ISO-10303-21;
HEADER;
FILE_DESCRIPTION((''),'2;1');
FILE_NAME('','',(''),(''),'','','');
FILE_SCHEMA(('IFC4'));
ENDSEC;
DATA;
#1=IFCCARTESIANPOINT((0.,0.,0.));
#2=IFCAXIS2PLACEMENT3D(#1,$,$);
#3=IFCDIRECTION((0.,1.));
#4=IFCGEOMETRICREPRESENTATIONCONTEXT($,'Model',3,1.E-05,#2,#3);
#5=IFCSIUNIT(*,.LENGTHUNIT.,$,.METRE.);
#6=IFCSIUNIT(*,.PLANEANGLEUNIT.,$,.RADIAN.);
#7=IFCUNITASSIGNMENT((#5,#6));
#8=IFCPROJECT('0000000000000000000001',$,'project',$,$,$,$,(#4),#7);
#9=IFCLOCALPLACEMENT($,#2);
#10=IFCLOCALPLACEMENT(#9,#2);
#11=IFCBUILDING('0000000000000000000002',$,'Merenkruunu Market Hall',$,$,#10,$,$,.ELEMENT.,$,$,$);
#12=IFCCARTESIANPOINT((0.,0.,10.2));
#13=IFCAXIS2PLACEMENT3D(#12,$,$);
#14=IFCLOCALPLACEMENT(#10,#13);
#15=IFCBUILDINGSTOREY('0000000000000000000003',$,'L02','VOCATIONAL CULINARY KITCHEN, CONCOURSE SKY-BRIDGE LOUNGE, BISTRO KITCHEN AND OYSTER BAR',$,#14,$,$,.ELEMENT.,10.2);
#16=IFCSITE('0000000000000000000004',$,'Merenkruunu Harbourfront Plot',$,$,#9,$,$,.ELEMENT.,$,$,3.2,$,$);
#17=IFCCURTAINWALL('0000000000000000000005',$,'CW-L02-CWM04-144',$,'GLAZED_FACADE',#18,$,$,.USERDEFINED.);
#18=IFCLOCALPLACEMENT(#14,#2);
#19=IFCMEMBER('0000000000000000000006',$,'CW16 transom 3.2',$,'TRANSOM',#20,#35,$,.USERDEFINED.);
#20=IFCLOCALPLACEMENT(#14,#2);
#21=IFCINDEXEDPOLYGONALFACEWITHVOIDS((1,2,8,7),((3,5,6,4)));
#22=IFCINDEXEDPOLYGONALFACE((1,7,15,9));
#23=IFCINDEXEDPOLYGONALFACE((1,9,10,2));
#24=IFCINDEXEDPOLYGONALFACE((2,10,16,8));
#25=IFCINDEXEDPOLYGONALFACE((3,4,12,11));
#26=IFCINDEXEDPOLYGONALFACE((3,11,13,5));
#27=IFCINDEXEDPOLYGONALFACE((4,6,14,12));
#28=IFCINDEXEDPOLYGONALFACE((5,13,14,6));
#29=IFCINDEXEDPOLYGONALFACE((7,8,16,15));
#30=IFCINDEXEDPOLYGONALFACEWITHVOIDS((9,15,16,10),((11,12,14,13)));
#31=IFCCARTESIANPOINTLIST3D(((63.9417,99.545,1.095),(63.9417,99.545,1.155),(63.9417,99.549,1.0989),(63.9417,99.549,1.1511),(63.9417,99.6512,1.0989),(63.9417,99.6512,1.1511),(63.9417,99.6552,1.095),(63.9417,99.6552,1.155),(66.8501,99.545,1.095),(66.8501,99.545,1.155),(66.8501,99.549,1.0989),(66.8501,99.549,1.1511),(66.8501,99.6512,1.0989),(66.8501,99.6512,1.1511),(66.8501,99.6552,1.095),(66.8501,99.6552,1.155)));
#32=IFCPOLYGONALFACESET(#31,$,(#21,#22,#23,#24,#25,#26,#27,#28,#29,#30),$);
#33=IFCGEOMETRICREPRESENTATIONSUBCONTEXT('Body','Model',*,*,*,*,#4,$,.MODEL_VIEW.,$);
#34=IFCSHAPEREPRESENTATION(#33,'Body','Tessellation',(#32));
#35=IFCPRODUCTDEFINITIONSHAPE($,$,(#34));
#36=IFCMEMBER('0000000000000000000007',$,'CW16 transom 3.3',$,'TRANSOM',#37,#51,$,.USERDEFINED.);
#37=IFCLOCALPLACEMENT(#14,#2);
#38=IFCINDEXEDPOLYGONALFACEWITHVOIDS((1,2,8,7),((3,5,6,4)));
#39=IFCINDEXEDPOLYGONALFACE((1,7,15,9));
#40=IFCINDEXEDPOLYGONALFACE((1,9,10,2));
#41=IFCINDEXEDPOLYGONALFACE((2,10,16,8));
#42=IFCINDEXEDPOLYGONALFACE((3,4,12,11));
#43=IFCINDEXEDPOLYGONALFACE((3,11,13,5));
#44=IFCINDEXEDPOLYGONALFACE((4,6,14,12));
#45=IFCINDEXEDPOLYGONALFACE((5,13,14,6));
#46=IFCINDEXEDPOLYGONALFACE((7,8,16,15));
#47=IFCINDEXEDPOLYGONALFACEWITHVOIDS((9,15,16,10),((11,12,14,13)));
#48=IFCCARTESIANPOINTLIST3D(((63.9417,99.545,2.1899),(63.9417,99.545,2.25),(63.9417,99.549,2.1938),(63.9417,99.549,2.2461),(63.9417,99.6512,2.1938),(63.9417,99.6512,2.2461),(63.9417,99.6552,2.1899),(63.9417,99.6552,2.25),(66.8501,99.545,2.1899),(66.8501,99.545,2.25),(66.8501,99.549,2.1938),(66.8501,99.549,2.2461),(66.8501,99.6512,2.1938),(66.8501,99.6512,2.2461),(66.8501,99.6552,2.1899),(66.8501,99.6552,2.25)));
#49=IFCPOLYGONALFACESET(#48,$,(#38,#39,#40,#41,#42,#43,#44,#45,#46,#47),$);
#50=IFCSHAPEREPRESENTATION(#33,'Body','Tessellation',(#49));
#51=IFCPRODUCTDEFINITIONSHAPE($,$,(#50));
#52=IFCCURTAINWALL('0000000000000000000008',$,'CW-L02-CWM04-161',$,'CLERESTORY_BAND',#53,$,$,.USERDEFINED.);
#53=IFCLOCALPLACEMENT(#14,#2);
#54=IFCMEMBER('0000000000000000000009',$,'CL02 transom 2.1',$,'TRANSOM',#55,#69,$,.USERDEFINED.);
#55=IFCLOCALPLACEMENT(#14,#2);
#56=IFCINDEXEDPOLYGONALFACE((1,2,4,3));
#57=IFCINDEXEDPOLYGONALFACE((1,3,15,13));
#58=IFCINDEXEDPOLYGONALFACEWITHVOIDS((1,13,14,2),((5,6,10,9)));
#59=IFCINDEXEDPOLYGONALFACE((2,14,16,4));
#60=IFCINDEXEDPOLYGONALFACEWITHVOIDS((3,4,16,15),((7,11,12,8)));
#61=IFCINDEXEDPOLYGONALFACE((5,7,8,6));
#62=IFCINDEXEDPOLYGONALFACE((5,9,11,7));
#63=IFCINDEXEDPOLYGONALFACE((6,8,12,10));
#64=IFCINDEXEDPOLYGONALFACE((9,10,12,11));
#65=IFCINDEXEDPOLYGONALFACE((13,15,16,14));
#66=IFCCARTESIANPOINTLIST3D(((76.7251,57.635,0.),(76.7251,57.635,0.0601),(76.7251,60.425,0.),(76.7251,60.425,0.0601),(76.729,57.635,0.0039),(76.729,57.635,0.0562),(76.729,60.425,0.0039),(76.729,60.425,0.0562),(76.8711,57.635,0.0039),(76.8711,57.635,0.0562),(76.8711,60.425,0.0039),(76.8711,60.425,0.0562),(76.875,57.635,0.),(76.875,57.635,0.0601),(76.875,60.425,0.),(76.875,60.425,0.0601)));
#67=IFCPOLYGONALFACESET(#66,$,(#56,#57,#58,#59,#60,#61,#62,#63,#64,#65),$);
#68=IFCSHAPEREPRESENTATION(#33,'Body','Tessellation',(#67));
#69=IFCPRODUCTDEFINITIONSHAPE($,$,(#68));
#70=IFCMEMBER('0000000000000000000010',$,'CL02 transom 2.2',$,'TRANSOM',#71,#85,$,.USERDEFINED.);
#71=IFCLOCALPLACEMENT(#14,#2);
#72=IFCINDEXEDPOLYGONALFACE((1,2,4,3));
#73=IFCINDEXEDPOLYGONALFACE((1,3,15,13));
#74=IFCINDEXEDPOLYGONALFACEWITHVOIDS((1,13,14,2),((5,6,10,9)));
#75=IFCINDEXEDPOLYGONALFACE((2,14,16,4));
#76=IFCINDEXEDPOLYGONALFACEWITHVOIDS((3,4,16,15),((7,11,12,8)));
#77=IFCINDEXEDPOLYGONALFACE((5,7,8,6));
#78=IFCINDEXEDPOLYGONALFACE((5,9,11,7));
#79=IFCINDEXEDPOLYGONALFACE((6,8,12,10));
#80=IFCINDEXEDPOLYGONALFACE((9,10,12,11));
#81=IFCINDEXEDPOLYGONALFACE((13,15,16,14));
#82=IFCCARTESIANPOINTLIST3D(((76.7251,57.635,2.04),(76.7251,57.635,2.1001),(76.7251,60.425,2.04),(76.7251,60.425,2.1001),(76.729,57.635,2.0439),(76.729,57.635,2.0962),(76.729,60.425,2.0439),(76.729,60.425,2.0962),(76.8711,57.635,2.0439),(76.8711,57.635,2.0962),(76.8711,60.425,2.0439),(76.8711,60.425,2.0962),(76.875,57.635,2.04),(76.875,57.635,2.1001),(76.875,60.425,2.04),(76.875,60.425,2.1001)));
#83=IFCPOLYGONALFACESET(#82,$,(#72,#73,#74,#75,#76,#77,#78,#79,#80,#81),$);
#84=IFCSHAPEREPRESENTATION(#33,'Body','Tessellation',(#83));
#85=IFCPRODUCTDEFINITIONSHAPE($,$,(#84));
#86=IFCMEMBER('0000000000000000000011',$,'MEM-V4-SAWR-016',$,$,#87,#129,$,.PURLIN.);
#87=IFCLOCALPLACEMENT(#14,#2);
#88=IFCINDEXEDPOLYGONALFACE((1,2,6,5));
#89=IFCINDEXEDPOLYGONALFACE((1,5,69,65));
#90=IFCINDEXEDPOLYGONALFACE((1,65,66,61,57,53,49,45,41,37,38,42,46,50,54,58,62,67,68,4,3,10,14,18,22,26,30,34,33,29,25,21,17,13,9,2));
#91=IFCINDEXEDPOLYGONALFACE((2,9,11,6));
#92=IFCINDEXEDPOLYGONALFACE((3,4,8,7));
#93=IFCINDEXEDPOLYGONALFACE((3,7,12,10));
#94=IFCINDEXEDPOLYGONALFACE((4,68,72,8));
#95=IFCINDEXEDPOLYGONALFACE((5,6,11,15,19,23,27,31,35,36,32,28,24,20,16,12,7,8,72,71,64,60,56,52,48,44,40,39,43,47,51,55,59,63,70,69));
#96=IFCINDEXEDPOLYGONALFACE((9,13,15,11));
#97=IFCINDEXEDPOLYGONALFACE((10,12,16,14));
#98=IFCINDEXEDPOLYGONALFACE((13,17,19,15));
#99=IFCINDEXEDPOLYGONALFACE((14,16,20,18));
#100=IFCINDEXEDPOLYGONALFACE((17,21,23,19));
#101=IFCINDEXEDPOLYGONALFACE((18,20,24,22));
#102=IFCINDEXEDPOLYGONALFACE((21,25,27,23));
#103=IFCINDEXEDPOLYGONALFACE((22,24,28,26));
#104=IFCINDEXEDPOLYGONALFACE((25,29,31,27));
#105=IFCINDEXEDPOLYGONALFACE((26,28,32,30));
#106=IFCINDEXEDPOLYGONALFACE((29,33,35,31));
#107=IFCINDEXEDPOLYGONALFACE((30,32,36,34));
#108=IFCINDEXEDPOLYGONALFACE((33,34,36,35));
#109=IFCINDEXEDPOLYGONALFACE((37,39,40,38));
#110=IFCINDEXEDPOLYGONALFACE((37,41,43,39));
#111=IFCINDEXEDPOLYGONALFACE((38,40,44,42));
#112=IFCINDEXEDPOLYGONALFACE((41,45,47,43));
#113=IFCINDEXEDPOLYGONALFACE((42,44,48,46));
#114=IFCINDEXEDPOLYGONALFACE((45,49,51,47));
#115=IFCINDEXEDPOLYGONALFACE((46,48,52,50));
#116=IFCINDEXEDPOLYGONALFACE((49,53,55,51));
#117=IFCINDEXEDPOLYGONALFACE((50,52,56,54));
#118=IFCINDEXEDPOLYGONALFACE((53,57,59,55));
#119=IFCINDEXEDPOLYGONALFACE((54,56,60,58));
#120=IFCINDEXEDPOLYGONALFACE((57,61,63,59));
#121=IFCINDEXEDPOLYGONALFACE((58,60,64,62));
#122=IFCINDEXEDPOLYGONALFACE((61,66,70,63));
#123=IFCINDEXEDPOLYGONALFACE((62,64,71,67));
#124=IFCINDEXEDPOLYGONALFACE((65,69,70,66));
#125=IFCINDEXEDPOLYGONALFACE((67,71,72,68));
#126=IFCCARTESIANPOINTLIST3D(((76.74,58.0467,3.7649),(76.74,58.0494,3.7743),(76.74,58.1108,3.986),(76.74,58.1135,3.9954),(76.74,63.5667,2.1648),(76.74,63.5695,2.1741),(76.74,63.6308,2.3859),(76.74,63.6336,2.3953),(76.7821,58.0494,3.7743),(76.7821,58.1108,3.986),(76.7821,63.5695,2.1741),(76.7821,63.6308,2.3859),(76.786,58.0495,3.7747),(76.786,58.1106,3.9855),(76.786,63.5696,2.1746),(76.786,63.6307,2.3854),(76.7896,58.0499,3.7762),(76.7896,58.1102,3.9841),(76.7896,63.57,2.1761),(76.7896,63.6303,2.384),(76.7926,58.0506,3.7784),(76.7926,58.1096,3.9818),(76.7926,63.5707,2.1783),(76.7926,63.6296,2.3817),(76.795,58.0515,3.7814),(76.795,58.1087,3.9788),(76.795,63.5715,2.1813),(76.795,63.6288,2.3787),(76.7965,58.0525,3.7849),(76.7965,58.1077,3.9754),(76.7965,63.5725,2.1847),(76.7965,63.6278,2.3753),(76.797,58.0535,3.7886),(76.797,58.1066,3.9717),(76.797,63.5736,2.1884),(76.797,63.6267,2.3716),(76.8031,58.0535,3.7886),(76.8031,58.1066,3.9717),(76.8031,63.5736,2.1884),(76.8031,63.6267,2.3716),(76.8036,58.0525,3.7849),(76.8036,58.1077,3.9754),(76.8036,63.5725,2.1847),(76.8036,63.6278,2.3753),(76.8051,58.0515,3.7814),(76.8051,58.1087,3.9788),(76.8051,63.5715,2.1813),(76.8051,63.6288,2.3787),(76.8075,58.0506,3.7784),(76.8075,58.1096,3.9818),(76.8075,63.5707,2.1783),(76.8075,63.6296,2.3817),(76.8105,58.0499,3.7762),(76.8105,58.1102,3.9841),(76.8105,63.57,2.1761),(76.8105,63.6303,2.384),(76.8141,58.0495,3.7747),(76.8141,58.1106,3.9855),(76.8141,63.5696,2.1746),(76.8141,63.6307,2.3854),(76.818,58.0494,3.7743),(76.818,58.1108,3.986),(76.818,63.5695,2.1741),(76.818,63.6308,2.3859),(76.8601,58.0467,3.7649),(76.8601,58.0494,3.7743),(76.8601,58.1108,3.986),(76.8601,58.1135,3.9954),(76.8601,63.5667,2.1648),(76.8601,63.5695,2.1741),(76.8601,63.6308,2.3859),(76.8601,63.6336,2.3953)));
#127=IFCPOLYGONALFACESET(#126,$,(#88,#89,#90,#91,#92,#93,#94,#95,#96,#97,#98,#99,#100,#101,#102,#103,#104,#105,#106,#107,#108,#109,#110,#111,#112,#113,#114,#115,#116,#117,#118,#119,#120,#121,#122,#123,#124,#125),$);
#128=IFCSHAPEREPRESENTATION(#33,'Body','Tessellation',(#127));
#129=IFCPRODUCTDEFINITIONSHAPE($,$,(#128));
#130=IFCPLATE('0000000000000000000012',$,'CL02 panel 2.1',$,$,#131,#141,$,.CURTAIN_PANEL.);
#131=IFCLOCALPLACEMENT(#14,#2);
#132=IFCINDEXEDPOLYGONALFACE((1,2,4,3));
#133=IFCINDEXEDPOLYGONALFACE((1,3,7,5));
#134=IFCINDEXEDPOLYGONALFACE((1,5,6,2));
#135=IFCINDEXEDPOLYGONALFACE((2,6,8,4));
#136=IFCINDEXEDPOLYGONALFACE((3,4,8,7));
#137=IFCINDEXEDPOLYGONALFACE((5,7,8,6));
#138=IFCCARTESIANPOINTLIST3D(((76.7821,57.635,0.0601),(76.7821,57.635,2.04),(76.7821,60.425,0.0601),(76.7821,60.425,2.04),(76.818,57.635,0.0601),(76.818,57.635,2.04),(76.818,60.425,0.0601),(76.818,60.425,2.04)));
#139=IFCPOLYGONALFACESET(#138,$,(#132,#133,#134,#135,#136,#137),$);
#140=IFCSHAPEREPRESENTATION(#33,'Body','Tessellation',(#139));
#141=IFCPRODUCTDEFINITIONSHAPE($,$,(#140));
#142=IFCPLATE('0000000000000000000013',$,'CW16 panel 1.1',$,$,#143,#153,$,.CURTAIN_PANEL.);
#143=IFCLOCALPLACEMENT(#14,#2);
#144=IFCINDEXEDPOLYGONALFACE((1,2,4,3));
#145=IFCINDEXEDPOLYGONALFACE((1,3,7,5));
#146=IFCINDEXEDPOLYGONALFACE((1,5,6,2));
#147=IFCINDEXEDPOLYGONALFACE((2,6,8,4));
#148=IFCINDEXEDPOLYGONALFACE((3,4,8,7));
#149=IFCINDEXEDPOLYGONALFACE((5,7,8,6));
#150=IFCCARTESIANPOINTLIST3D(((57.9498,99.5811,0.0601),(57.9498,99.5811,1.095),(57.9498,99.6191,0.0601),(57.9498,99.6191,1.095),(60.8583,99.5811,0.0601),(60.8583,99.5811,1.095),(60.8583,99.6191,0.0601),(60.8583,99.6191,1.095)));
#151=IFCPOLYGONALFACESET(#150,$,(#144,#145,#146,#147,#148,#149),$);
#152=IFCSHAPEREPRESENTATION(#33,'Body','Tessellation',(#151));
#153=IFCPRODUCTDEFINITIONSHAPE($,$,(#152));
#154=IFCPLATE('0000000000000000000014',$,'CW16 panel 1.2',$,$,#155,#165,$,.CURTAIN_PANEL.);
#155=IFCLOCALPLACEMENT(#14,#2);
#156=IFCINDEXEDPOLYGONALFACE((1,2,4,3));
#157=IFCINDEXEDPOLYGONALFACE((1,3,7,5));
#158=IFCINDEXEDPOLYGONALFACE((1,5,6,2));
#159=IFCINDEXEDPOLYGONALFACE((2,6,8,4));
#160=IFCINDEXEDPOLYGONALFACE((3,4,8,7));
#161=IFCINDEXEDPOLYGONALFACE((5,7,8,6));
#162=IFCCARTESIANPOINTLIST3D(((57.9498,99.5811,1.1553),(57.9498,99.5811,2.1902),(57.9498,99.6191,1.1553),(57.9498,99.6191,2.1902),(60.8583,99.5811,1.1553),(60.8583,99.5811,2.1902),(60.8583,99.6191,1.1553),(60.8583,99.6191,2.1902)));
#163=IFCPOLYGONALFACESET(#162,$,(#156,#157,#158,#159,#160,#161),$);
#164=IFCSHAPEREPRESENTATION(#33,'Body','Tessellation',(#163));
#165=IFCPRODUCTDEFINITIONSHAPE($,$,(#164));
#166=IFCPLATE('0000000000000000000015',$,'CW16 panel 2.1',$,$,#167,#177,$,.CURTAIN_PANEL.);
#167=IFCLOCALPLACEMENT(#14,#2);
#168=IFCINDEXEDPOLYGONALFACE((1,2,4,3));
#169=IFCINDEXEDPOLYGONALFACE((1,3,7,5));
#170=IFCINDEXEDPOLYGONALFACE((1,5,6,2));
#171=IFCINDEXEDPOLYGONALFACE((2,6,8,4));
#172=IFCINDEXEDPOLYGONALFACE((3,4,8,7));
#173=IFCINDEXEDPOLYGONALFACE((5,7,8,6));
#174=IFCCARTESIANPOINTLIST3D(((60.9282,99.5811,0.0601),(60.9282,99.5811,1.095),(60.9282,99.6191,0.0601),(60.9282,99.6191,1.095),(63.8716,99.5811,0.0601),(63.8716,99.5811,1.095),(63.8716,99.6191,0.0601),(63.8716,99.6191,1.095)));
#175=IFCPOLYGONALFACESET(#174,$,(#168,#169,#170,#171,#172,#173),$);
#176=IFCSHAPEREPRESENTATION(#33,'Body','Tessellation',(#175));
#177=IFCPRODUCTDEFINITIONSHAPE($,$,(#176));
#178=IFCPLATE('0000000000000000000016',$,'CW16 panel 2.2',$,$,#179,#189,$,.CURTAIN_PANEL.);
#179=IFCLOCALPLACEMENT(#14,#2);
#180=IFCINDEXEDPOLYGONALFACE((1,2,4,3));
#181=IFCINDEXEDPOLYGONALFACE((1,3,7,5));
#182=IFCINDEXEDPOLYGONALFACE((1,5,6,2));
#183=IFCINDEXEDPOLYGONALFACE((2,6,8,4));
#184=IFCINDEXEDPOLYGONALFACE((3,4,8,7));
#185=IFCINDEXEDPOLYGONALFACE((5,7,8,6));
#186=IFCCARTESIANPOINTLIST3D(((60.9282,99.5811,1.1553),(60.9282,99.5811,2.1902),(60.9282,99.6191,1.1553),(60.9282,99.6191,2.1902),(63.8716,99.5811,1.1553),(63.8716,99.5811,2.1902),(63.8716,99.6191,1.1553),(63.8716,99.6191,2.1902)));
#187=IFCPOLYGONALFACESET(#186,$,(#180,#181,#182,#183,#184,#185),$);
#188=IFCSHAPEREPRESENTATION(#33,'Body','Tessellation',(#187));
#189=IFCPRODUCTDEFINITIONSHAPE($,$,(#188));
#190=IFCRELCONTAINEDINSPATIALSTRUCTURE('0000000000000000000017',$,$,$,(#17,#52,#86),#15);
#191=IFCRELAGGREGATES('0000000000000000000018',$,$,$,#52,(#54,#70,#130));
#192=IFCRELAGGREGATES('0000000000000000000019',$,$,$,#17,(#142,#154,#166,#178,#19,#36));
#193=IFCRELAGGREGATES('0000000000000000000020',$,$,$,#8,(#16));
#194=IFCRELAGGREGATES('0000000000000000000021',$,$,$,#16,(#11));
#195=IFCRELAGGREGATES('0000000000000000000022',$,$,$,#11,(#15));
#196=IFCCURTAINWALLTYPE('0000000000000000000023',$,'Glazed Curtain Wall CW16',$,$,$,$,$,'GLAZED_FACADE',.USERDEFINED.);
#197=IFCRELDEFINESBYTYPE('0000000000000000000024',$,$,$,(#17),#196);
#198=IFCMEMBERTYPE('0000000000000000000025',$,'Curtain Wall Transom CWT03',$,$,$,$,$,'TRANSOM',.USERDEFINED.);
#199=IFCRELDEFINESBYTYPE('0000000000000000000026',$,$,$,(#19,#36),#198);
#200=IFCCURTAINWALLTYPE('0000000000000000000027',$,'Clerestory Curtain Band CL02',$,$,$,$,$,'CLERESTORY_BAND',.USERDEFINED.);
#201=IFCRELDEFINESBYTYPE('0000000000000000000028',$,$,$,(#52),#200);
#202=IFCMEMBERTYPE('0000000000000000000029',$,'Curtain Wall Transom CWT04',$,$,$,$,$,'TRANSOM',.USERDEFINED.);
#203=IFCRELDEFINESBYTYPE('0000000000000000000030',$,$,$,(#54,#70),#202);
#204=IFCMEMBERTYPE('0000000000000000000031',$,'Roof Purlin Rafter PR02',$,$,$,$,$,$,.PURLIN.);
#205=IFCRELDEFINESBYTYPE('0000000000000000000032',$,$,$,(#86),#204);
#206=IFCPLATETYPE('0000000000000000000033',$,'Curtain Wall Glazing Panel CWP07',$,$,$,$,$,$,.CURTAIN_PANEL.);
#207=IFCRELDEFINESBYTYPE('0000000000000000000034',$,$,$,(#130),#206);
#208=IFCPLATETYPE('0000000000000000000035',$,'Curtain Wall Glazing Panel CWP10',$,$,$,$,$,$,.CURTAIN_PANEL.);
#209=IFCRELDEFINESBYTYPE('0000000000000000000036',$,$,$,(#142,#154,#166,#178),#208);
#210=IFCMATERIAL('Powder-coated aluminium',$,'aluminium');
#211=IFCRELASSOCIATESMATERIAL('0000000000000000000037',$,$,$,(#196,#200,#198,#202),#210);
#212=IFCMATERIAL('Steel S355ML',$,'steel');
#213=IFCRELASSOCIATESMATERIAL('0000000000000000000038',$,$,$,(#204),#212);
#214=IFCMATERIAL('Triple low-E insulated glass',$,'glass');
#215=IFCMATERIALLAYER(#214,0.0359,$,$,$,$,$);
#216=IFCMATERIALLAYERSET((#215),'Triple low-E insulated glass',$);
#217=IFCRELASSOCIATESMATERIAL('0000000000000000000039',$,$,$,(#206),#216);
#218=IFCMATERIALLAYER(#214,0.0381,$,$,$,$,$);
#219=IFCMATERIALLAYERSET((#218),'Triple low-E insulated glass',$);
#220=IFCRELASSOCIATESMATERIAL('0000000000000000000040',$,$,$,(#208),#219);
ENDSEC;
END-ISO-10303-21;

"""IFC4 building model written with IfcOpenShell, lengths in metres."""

from ifc_helpers import new_model, si_unit, direction, frame, origin, origin_2d, place, context, subcontext, project, spatial, rectangle, hollow_rectangle, i_section, extrude, material, layer, layer_set, material_profile, profile_set, type_object, element, aggregate, save


model = new_model("IFC4")

# Units and contexts
model_context = context("Model", 3, precision=1e-05, world=origin(), true_north=direction((0.0, 1.0)))
body_context = subcontext(model_context, "Body", "Model", "MODEL_VIEW")
ifc_project = project(units=[si_unit("LENGTHUNIT", "METRE"), si_unit("PLANEANGLEUNIT", "RADIAN")], contexts=[model_context])

# Site, building, storey
site_placement = place(None, origin())
site = spatial("IfcSite", under=ifc_project, at=site_placement, Name="Merenkruunu Harbourfront Plot", CompositionType="ELEMENT", RefElevation=3.2)
building_placement = place(site_placement, origin())
building = spatial("IfcBuilding", under=site, at=building_placement, Name="Merenkruunu Market Hall", CompositionType="ELEMENT")
storey_placement = place(building_placement, frame((0.0, 0.0, 10.2)))
storey = spatial("IfcBuildingStorey", under=building, at=storey_placement, Name="L02", Description="VOCATIONAL CULINARY KITCHEN, CONCOURSE SKY-BRIDGE LOUNGE, BISTRO KITCHEN AND OYSTER BAR", CompositionType="ELEMENT", Elevation=10.2)

# Curtain walls, members
ifc_material_1 = material(Name="Powder-coated aluminium", Category="aluminium")
curtain_wall_type_1 = type_object("IfcCurtainWallType", Name="Glazed Curtain Wall CW16", ElementType="GLAZED_FACADE", PredefinedType="USERDEFINED", material=ifc_material_1)
curtain_wall_1_placement = place(storey_placement, origin())
curtain_wall_1 = element("IfcCurtainWall", 1, at=curtain_wall_1_placement, inside=storey, type_object=curtain_wall_type_1, Name="CW-L02-CWM04-144", ObjectType="GLAZED_FACADE", PredefinedType="USERDEFINED")
ifc_material_profile_1 = material_profile(ifc_material_1, hollow_rectangle(XDim=0.0601, YDim=0.1101, WallThickness=0.0039, at=origin_2d()), Name="ALU 60x110x4")
ifc_profile_set_1 = profile_set([ifc_material_profile_1], Name="Powder-coated aluminium")
member_type_1 = type_object("IfcMemberType", Name="Curtain Wall Transom CWT03", ElementType="TRANSOM", PredefinedType="USERDEFINED", material=ifc_profile_set_1)
member_1_placement = place(storey_placement, frame((63.9417, 99.6001, 1.125), z_axis=(1.0, 0.0, 0.0), x_axis=(0.0, 0.0, 1.0)))
member_1 = element("IfcMember", 2, at=member_1_placement, type_object=member_type_1, Name="CW16 transom 3.2", ObjectType="TRANSOM", PredefinedType="USERDEFINED", context=body_context, shape_type="SweptSolid", body=[
    extrude(hollow_rectangle(XDim=0.0601, YDim=0.1101, WallThickness=0.0039, at=origin_2d()), origin(), (0.0, 0.0, 1.0), 2.9084),
])
member_2_placement = place(storey_placement, frame((63.9417, 99.6001, 2.22), z_axis=(1.0, 0.0, 0.0), x_axis=(0.0, 0.0, 1.0)))
member_2 = element("IfcMember", 3, at=member_2_placement, type_object=member_type_1, Name="CW16 transom 3.3", ObjectType="TRANSOM", PredefinedType="USERDEFINED", context=body_context, shape_type="SweptSolid", body=[
    extrude(hollow_rectangle(XDim=0.0601, YDim=0.1101, WallThickness=0.0039, at=origin_2d()), origin(), (0.0, 0.0, 1.0), 2.9084),
])
curtain_wall_type_2 = type_object("IfcCurtainWallType", Name="Clerestory Curtain Band CL02", ElementType="CLERESTORY_BAND", PredefinedType="USERDEFINED", material=ifc_material_1)
curtain_wall_2_placement = place(storey_placement, origin())
curtain_wall_2 = element("IfcCurtainWall", 4, at=curtain_wall_2_placement, inside=storey, type_object=curtain_wall_type_2, Name="CW-L02-CWM04-161", ObjectType="CLERESTORY_BAND", PredefinedType="USERDEFINED")
ifc_material_profile_2 = material_profile(ifc_material_1, hollow_rectangle(XDim=0.0601, YDim=0.1499, WallThickness=0.0039, at=origin_2d()), Name="ALU 60x150x4")
ifc_profile_set_2 = profile_set([ifc_material_profile_2], Name="Powder-coated aluminium")
member_type_2 = type_object("IfcMemberType", Name="Curtain Wall Transom CWT04", ElementType="TRANSOM", PredefinedType="USERDEFINED", material=ifc_profile_set_2)
member_3_placement = place(storey_placement, frame((76.8, 60.425, 0.03), z_axis=(0.0, -1.0, 0.0), x_axis=(0.0, 0.0, 1.0)))
member_3 = element("IfcMember", 5, at=member_3_placement, type_object=member_type_2, Name="CL02 transom 2.1", ObjectType="TRANSOM", PredefinedType="USERDEFINED", context=body_context, shape_type="SweptSolid", body=[
    extrude(hollow_rectangle(XDim=0.0601, YDim=0.1499, WallThickness=0.0039, at=origin_2d()), origin(), (0.0, 0.0, 1.0), 2.79),
])
member_4_placement = place(storey_placement, frame((76.8, 60.425, 2.0701), z_axis=(0.0, -1.0, 0.0), x_axis=(0.0, 0.0, 1.0)))
member_4 = element("IfcMember", 6, at=member_4_placement, type_object=member_type_2, Name="CL02 transom 2.2", ObjectType="TRANSOM", PredefinedType="USERDEFINED", context=body_context, shape_type="SweptSolid", body=[
    extrude(hollow_rectangle(XDim=0.0601, YDim=0.1499, WallThickness=0.0039, at=origin_2d()), origin(), (0.0, 0.0, 1.0), 2.79),
])

# Member
ifc_material_2 = material(Name="Steel S355ML", Category="steel")
ifc_material_profile_3 = material_profile(ifc_material_2, i_section(OverallWidth=0.1201, OverallDepth=0.24, WebThickness=0.0061, FlangeThickness=0.0098, FilletRadius=0.0149, at=origin_2d()), Name="IPE 240")
ifc_profile_set_3 = profile_set([ifc_material_profile_3], Name="Steel S355ML")
member_type_3 = type_object("IfcMemberType", Name="Roof Purlin Rafter PR02", PredefinedType="PURLIN", material=ifc_profile_set_3)
member_5_placement = place(storey_placement, frame((76.8, 58.0801, 3.8801), z_axis=(0.0, 0.960462, -0.278411), x_axis=(-1.0, 0.0, 0.0)))
element("IfcMember", 7, at=member_5_placement, inside=storey, type_object=member_type_3, Name="MEM-V4-SAWR-016", PredefinedType="PURLIN", context=body_context, shape_type="SweptSolid", body=[
    extrude(i_section(OverallWidth=0.1201, OverallDepth=0.24, WebThickness=0.0061, FlangeThickness=0.0098, FilletRadius=0.0149, at=origin_2d()), origin(), (0.0, 0.0, 1.0), 5.7473),
])

# Plates
ifc_material_3 = material(Name="Triple low-E insulated glass", Category="glass")
ifc_layer_1 = layer(ifc_material_3, 0.0359)
ifc_layer_set_1 = layer_set([ifc_layer_1], Name="Triple low-E insulated glass")
plate_type_1 = type_object("IfcPlateType", Name="Curtain Wall Glazing Panel CWP07", PredefinedType="CURTAIN_PANEL", material=ifc_layer_set_1)
plate_1_placement = place(storey_placement, frame((76.8, 59.03, 0.0601), z_axis=(0.0, 0.0, 1.0), x_axis=(0.0, -1.0, 0.0)))
plate_1 = element("IfcPlate", 8, at=plate_1_placement, type_object=plate_type_1, Name="CL02 panel 2.1", PredefinedType="CURTAIN_PANEL", context=body_context, shape_type="SweptSolid", body=[
    extrude(rectangle(XDim=2.79, YDim=0.0359, at=origin_2d()), origin(), (0.0, 0.0, 1.0), 1.98),
])
aggregate(curtain_wall_2, [member_3, member_4, plate_1])
ifc_layer_2 = layer(ifc_material_3, 0.0381)
ifc_layer_set_2 = layer_set([ifc_layer_2], Name="Triple low-E insulated glass")
plate_type_2 = type_object("IfcPlateType", Name="Curtain Wall Glazing Panel CWP10", PredefinedType="CURTAIN_PANEL", material=ifc_layer_set_2)
plate_2_placement = place(storey_placement, frame((59.4041, 99.6001, 0.0601), z_axis=(0.0, 0.0, 1.0), x_axis=(1.0, 0.0, 0.0)))
plate_2 = element("IfcPlate", 9, at=plate_2_placement, type_object=plate_type_2, Name="CW16 panel 1.1", PredefinedType="CURTAIN_PANEL", context=body_context, shape_type="SweptSolid", body=[
    extrude(rectangle(XDim=2.9084, YDim=0.0381, at=origin_2d()), origin(), (0.0, 0.0, 1.0), 1.0349),
])
plate_3_placement = place(storey_placement, frame((59.4041, 99.6001, 1.1553), z_axis=(0.0, 0.0, 1.0), x_axis=(1.0, 0.0, 0.0)))
plate_3 = element("IfcPlate", 10, at=plate_3_placement, type_object=plate_type_2, Name="CW16 panel 1.2", PredefinedType="CURTAIN_PANEL", context=body_context, shape_type="SweptSolid", body=[
    extrude(rectangle(XDim=2.9084, YDim=0.0381, at=origin_2d()), origin(), (0.0, 0.0, 1.0), 1.0349),
])
plate_4_placement = place(storey_placement, frame((62.3999, 99.6001, 0.0601), z_axis=(0.0, 0.0, 1.0), x_axis=(1.0, 0.0, 0.0)))
plate_4 = element("IfcPlate", 11, at=plate_4_placement, type_object=plate_type_2, Name="CW16 panel 2.1", PredefinedType="CURTAIN_PANEL", context=body_context, shape_type="SweptSolid", body=[
    extrude(rectangle(XDim=2.9434, YDim=0.0381, at=origin_2d()), origin(), (0.0, 0.0, 1.0), 1.0349),
])
plate_5_placement = place(storey_placement, frame((62.3999, 99.6001, 1.1553), z_axis=(0.0, 0.0, 1.0), x_axis=(1.0, 0.0, 0.0)))
plate_5 = element("IfcPlate", 12, at=plate_5_placement, type_object=plate_type_2, Name="CW16 panel 2.2", PredefinedType="CURTAIN_PANEL", context=body_context, shape_type="SweptSolid", body=[
    extrude(rectangle(XDim=2.9434, YDim=0.0381, at=origin_2d()), origin(), (0.0, 0.0, 1.0), 1.0349),
])
aggregate(curtain_wall_1, [plate_2, plate_3, plate_4, plate_5, member_1, member_2])

save(model, "model.ifc")
